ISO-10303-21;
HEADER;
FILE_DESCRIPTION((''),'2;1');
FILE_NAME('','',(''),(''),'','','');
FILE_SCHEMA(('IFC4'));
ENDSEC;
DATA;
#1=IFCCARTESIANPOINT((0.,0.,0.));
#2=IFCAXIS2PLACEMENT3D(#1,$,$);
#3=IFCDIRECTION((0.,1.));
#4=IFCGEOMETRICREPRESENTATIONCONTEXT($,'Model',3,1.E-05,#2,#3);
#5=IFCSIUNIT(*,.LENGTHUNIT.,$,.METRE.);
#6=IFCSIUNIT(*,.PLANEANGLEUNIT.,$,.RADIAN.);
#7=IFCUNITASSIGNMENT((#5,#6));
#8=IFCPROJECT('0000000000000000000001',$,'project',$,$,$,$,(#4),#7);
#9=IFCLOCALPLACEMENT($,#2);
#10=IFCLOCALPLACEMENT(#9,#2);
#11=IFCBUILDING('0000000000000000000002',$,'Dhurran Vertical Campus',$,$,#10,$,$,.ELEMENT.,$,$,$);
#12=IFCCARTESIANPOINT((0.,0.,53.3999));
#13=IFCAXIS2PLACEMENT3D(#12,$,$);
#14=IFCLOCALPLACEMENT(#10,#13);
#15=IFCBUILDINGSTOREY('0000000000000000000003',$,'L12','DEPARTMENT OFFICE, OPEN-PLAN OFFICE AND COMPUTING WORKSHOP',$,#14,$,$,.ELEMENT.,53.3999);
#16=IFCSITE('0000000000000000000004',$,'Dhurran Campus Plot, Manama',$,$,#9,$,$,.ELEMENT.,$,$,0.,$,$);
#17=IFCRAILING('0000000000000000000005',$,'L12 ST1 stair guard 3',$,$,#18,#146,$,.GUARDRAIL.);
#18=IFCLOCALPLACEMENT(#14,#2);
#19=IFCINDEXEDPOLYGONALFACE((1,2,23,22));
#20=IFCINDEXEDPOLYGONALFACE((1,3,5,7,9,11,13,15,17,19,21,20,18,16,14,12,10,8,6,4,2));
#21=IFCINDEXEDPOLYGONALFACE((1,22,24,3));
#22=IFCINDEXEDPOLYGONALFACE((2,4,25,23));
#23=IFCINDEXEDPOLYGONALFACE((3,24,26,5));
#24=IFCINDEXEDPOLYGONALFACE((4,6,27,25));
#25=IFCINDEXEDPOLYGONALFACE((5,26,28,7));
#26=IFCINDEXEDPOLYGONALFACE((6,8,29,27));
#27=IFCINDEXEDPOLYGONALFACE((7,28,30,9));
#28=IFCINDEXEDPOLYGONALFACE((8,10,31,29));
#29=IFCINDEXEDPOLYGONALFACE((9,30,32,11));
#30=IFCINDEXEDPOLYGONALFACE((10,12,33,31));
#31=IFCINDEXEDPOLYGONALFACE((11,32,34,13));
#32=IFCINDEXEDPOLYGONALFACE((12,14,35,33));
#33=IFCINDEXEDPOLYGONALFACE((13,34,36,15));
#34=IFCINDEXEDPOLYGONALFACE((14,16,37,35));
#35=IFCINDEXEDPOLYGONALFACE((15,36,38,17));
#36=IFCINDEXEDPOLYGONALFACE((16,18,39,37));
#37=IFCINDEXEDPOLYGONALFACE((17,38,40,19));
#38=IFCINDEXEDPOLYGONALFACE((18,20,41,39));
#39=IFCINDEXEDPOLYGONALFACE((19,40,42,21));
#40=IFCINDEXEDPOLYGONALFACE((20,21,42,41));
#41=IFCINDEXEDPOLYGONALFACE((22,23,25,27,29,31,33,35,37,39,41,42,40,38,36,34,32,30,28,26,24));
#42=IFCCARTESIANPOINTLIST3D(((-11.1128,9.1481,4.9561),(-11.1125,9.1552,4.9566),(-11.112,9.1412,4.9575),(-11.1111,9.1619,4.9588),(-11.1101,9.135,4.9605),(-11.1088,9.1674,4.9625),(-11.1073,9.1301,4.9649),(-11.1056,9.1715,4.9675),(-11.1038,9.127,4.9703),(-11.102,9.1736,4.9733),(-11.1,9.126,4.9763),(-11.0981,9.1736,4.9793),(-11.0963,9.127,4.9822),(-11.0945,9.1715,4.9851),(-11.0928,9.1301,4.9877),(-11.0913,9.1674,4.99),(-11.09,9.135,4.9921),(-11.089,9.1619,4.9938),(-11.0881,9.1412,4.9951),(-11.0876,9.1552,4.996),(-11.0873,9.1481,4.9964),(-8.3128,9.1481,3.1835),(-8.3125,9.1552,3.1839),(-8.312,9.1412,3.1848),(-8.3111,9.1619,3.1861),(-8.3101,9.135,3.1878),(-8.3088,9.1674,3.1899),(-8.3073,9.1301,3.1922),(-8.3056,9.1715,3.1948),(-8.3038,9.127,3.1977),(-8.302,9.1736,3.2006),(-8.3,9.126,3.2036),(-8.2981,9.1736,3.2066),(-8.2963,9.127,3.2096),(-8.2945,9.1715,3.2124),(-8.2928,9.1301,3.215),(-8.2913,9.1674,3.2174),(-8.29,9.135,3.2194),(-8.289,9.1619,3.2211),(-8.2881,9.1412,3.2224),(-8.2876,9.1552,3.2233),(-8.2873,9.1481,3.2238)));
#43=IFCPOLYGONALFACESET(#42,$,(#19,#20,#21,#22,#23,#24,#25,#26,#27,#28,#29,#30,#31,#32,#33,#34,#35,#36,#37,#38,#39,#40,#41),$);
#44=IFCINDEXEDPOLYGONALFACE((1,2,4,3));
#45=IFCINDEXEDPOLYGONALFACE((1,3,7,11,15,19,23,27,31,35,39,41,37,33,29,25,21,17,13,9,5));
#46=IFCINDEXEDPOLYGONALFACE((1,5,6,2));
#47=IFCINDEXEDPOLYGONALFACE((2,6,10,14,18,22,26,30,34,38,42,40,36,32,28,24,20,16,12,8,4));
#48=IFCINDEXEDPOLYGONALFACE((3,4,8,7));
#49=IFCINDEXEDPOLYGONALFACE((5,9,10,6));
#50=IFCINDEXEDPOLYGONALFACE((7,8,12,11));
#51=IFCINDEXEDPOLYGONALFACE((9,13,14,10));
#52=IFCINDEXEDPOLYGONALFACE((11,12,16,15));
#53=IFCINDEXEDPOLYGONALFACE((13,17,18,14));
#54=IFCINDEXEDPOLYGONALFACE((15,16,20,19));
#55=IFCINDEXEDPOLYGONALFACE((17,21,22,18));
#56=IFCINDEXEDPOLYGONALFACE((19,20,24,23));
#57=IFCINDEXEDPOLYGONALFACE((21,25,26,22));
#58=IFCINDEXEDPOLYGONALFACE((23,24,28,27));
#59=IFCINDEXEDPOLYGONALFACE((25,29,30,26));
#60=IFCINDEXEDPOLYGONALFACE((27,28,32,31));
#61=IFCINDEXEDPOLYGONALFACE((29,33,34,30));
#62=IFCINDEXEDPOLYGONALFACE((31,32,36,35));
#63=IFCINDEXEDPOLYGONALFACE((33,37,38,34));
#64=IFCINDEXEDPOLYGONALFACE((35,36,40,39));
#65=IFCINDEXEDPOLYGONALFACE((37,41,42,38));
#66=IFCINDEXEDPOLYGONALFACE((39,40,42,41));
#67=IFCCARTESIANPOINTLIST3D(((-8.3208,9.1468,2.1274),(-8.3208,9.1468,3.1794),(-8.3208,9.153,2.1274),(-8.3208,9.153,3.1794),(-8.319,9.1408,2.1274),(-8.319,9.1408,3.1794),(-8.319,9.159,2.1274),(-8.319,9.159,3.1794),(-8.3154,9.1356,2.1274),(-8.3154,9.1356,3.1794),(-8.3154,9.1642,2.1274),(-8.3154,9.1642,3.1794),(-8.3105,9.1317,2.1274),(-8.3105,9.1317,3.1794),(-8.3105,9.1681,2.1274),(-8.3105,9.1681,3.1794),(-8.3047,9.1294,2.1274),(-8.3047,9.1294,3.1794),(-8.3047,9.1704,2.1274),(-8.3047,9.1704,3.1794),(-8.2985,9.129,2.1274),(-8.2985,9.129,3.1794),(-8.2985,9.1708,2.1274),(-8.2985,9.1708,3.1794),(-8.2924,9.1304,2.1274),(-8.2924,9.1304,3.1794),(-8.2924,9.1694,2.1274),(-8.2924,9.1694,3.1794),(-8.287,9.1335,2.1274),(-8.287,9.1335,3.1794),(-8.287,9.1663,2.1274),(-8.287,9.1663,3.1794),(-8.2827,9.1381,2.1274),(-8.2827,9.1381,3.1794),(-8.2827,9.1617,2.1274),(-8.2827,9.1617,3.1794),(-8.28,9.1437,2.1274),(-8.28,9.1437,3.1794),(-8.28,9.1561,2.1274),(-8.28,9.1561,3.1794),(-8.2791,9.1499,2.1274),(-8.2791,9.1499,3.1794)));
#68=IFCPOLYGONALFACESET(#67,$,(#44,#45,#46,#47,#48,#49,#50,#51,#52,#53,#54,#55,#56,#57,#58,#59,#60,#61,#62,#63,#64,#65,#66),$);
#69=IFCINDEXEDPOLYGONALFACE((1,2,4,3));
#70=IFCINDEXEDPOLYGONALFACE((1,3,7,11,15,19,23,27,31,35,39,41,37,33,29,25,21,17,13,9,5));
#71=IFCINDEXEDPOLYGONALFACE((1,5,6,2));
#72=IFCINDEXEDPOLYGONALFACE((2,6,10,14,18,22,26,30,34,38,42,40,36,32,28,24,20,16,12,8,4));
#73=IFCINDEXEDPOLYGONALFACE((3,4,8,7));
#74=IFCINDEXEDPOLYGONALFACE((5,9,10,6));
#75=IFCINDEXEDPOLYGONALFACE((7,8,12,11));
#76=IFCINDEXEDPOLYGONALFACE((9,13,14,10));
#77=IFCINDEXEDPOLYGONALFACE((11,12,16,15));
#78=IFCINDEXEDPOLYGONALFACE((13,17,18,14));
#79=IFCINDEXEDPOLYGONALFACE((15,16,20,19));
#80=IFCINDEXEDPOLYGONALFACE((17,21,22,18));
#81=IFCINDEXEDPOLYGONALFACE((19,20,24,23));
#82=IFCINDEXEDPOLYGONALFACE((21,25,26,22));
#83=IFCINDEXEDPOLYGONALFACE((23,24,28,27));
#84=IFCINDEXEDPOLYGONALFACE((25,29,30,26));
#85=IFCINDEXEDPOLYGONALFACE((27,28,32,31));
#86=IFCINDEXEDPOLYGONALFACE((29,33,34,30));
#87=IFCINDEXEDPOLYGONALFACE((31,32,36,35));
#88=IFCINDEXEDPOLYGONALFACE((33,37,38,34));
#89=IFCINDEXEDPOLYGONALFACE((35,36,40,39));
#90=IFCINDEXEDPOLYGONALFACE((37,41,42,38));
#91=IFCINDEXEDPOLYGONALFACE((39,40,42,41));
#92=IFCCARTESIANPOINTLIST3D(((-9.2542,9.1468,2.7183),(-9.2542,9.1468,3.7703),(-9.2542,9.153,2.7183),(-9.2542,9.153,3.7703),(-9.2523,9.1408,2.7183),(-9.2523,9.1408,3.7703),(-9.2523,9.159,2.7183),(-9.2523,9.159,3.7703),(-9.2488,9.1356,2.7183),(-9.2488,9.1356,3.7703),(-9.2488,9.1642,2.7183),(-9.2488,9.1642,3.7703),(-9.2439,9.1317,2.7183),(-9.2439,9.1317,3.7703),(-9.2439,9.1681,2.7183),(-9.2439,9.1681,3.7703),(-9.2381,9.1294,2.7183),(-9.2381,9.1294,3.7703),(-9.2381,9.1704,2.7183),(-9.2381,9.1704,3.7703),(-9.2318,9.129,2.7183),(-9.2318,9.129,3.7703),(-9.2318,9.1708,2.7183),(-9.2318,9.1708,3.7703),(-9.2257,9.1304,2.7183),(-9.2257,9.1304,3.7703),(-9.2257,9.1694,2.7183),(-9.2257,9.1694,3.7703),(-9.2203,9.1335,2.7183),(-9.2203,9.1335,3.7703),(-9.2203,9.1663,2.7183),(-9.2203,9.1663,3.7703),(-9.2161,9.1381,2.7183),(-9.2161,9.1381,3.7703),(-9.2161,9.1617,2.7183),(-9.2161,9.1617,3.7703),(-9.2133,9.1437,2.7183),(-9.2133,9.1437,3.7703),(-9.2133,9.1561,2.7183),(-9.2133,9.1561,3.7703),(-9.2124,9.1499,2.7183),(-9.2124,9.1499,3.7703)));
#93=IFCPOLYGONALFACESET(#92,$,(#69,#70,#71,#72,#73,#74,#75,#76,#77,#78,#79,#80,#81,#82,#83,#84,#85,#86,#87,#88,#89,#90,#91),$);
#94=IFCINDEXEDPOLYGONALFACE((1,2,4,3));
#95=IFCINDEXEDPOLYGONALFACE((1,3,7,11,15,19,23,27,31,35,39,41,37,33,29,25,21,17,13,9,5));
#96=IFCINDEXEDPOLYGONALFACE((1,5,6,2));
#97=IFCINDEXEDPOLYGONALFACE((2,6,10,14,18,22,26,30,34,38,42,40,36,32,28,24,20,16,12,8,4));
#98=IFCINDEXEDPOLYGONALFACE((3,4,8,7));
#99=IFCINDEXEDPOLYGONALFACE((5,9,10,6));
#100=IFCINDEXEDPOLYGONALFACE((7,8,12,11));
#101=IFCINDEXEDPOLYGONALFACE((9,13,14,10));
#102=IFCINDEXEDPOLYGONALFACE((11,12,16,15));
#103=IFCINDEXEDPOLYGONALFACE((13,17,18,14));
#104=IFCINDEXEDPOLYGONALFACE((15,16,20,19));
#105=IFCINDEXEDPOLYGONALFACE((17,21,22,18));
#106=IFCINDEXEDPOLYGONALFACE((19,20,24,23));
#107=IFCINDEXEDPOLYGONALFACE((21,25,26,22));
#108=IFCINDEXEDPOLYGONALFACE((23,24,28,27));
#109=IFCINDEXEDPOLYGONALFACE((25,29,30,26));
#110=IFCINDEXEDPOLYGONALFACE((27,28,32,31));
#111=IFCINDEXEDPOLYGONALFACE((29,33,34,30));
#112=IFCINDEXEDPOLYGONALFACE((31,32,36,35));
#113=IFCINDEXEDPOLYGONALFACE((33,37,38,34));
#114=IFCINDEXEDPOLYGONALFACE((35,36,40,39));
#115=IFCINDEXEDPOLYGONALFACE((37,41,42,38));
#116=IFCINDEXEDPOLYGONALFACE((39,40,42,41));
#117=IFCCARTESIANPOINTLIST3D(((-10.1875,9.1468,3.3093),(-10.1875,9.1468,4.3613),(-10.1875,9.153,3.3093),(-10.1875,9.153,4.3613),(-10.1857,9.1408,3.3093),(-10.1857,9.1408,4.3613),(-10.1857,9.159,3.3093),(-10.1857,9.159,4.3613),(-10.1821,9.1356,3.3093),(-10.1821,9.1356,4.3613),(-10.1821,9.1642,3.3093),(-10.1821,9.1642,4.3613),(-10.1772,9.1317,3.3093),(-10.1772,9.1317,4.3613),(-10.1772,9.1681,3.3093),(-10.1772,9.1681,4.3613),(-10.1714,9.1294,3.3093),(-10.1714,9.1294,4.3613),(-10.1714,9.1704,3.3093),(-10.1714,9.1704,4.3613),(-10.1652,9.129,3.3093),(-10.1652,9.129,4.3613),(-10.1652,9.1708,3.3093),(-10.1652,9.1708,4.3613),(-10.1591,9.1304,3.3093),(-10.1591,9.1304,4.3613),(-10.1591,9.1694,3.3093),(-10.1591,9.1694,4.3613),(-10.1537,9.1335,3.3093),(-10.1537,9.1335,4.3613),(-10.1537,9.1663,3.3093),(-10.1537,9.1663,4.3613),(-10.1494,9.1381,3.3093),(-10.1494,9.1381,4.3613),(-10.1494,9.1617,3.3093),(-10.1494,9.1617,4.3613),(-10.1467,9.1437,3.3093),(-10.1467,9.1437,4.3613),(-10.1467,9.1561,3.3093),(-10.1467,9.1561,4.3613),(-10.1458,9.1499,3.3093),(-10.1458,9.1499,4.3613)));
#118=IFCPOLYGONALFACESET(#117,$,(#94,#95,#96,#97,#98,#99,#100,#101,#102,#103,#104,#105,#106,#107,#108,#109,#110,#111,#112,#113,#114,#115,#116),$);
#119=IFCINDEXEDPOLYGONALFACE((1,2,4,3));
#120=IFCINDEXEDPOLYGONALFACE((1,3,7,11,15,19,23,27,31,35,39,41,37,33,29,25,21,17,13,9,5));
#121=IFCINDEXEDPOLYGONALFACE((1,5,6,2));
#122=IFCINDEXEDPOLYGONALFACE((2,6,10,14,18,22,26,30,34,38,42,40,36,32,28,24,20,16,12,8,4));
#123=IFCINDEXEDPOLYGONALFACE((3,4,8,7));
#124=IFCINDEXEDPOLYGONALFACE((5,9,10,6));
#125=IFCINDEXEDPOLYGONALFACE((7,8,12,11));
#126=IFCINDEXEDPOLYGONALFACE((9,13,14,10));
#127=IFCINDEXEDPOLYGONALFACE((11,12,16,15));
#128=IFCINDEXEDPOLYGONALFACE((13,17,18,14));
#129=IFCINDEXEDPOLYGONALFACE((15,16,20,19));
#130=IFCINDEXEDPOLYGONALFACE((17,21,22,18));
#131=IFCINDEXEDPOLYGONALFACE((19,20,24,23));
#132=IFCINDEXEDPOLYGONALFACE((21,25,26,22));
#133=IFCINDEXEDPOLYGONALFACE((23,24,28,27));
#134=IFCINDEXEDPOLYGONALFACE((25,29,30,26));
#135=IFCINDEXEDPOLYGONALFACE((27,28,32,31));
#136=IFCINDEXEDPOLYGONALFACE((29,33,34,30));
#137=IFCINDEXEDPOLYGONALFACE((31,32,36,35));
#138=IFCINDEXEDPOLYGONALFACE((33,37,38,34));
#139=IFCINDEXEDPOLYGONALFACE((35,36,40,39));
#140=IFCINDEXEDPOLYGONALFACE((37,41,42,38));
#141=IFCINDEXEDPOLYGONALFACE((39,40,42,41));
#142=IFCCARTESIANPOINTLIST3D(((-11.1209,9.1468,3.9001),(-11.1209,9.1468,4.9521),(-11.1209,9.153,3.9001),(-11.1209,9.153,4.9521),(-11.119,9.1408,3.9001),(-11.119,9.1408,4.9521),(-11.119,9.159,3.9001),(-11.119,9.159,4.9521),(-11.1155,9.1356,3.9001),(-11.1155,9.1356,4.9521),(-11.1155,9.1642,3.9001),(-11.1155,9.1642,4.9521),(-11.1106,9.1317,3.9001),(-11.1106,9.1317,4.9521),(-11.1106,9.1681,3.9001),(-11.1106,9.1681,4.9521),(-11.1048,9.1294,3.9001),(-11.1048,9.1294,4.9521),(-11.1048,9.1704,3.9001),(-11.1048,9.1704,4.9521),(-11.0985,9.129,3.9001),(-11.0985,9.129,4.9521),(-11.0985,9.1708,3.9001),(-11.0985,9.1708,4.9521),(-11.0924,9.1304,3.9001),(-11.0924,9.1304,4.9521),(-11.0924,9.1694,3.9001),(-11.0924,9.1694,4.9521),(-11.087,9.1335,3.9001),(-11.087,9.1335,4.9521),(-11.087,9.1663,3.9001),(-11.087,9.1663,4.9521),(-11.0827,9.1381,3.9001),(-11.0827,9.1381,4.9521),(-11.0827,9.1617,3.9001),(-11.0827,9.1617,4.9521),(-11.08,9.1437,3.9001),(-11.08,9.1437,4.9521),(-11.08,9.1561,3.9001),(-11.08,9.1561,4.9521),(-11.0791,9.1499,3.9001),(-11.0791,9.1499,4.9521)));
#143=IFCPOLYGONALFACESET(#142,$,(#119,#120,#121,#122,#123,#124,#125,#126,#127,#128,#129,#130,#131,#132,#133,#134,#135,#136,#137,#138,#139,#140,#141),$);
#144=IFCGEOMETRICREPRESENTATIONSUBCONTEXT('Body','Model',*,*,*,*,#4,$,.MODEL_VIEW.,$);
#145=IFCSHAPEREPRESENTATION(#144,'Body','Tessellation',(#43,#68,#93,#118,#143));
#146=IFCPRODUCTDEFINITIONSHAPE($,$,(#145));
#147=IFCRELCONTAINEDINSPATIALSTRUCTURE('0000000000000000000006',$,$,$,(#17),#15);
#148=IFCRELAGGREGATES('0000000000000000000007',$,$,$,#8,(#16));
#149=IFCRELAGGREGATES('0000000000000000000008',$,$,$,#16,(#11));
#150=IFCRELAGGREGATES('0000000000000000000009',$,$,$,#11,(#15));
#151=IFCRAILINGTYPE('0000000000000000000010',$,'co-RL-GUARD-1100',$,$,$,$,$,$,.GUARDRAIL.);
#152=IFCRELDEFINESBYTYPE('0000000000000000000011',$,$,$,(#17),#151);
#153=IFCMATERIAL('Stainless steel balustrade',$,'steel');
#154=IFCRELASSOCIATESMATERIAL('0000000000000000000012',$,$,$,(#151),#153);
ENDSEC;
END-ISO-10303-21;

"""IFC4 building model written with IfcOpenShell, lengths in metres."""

from ifc_helpers import new_model, si_unit, direction, frame, origin, origin_2d, place, context, subcontext, project, spatial, circle, extrude, material, type_object, element, save


model = new_model("IFC4")

# Units and contexts
model_context = context("Model", 3, precision=1e-05, world=origin(), true_north=direction((0.0, 1.0)))
body_context = subcontext(model_context, "Body", "Model", "MODEL_VIEW")
ifc_project = project(units=[si_unit("LENGTHUNIT", "METRE"), si_unit("PLANEANGLEUNIT", "RADIAN")], contexts=[model_context])

# Site, building, storey
site_placement = place(None, origin())
site = spatial("IfcSite", under=ifc_project, at=site_placement, Name="Dhurran Campus Plot, Manama", CompositionType="ELEMENT", RefElevation=0.0)
building_placement = place(site_placement, origin())
building = spatial("IfcBuilding", under=site, at=building_placement, Name="Dhurran Vertical Campus", CompositionType="ELEMENT")
storey_placement = place(building_placement, frame((0.0, 0.0, 53.3999)))
storey = spatial("IfcBuildingStorey", under=building, at=storey_placement, Name="L12", Description="DEPARTMENT OFFICE, OPEN-PLAN OFFICE AND COMPUTING WORKSHOP", CompositionType="ELEMENT", Elevation=53.3999)

# Railing
ifc_material_1 = material(Name="Stainless steel balustrade", Category="steel")
railing_type_1 = type_object("IfcRailingType", Name="co-RL-GUARD-1100", PredefinedType="GUARDRAIL", material=ifc_material_1)
railing_1_placement = place(storey_placement, frame((-8.3, 9.1499, 2.1274)))
element("IfcRailing", 1, at=railing_1_placement, inside=storey, type_object=railing_type_1, Name="L12 ST1 stair guard 3", PredefinedType="GUARDRAIL", context=body_context, shape_type="SweptSolid", body=[
    extrude(circle(Radius=0.0239, at=origin_2d()), frame((0.0, 0.0, 1.0762), z_axis=(-0.844909, 0.0, 0.53491), x_axis=(0.0, -1.0, 0.0)), (0.0, 0.0, 1.0), 3.314),
    extrude(circle(Radius=0.021, at=origin_2d()), origin(), (0.0, 0.0, 1.0), 1.052),
    extrude(circle(Radius=0.021, at=origin_2d()), frame((-0.9333, 0.0, 0.5908)), (0.0, 0.0, 1.0), 1.052),
    extrude(circle(Radius=0.021, at=origin_2d()), frame((-1.8667, 0.0, 1.1819)), (0.0, 0.0, 1.0), 1.052),
    extrude(circle(Radius=0.021, at=origin_2d()), frame((-2.8, 0.0, 1.7727)), (0.0, 0.0, 1.0), 1.052),
])

save(model, "model.ifc")
